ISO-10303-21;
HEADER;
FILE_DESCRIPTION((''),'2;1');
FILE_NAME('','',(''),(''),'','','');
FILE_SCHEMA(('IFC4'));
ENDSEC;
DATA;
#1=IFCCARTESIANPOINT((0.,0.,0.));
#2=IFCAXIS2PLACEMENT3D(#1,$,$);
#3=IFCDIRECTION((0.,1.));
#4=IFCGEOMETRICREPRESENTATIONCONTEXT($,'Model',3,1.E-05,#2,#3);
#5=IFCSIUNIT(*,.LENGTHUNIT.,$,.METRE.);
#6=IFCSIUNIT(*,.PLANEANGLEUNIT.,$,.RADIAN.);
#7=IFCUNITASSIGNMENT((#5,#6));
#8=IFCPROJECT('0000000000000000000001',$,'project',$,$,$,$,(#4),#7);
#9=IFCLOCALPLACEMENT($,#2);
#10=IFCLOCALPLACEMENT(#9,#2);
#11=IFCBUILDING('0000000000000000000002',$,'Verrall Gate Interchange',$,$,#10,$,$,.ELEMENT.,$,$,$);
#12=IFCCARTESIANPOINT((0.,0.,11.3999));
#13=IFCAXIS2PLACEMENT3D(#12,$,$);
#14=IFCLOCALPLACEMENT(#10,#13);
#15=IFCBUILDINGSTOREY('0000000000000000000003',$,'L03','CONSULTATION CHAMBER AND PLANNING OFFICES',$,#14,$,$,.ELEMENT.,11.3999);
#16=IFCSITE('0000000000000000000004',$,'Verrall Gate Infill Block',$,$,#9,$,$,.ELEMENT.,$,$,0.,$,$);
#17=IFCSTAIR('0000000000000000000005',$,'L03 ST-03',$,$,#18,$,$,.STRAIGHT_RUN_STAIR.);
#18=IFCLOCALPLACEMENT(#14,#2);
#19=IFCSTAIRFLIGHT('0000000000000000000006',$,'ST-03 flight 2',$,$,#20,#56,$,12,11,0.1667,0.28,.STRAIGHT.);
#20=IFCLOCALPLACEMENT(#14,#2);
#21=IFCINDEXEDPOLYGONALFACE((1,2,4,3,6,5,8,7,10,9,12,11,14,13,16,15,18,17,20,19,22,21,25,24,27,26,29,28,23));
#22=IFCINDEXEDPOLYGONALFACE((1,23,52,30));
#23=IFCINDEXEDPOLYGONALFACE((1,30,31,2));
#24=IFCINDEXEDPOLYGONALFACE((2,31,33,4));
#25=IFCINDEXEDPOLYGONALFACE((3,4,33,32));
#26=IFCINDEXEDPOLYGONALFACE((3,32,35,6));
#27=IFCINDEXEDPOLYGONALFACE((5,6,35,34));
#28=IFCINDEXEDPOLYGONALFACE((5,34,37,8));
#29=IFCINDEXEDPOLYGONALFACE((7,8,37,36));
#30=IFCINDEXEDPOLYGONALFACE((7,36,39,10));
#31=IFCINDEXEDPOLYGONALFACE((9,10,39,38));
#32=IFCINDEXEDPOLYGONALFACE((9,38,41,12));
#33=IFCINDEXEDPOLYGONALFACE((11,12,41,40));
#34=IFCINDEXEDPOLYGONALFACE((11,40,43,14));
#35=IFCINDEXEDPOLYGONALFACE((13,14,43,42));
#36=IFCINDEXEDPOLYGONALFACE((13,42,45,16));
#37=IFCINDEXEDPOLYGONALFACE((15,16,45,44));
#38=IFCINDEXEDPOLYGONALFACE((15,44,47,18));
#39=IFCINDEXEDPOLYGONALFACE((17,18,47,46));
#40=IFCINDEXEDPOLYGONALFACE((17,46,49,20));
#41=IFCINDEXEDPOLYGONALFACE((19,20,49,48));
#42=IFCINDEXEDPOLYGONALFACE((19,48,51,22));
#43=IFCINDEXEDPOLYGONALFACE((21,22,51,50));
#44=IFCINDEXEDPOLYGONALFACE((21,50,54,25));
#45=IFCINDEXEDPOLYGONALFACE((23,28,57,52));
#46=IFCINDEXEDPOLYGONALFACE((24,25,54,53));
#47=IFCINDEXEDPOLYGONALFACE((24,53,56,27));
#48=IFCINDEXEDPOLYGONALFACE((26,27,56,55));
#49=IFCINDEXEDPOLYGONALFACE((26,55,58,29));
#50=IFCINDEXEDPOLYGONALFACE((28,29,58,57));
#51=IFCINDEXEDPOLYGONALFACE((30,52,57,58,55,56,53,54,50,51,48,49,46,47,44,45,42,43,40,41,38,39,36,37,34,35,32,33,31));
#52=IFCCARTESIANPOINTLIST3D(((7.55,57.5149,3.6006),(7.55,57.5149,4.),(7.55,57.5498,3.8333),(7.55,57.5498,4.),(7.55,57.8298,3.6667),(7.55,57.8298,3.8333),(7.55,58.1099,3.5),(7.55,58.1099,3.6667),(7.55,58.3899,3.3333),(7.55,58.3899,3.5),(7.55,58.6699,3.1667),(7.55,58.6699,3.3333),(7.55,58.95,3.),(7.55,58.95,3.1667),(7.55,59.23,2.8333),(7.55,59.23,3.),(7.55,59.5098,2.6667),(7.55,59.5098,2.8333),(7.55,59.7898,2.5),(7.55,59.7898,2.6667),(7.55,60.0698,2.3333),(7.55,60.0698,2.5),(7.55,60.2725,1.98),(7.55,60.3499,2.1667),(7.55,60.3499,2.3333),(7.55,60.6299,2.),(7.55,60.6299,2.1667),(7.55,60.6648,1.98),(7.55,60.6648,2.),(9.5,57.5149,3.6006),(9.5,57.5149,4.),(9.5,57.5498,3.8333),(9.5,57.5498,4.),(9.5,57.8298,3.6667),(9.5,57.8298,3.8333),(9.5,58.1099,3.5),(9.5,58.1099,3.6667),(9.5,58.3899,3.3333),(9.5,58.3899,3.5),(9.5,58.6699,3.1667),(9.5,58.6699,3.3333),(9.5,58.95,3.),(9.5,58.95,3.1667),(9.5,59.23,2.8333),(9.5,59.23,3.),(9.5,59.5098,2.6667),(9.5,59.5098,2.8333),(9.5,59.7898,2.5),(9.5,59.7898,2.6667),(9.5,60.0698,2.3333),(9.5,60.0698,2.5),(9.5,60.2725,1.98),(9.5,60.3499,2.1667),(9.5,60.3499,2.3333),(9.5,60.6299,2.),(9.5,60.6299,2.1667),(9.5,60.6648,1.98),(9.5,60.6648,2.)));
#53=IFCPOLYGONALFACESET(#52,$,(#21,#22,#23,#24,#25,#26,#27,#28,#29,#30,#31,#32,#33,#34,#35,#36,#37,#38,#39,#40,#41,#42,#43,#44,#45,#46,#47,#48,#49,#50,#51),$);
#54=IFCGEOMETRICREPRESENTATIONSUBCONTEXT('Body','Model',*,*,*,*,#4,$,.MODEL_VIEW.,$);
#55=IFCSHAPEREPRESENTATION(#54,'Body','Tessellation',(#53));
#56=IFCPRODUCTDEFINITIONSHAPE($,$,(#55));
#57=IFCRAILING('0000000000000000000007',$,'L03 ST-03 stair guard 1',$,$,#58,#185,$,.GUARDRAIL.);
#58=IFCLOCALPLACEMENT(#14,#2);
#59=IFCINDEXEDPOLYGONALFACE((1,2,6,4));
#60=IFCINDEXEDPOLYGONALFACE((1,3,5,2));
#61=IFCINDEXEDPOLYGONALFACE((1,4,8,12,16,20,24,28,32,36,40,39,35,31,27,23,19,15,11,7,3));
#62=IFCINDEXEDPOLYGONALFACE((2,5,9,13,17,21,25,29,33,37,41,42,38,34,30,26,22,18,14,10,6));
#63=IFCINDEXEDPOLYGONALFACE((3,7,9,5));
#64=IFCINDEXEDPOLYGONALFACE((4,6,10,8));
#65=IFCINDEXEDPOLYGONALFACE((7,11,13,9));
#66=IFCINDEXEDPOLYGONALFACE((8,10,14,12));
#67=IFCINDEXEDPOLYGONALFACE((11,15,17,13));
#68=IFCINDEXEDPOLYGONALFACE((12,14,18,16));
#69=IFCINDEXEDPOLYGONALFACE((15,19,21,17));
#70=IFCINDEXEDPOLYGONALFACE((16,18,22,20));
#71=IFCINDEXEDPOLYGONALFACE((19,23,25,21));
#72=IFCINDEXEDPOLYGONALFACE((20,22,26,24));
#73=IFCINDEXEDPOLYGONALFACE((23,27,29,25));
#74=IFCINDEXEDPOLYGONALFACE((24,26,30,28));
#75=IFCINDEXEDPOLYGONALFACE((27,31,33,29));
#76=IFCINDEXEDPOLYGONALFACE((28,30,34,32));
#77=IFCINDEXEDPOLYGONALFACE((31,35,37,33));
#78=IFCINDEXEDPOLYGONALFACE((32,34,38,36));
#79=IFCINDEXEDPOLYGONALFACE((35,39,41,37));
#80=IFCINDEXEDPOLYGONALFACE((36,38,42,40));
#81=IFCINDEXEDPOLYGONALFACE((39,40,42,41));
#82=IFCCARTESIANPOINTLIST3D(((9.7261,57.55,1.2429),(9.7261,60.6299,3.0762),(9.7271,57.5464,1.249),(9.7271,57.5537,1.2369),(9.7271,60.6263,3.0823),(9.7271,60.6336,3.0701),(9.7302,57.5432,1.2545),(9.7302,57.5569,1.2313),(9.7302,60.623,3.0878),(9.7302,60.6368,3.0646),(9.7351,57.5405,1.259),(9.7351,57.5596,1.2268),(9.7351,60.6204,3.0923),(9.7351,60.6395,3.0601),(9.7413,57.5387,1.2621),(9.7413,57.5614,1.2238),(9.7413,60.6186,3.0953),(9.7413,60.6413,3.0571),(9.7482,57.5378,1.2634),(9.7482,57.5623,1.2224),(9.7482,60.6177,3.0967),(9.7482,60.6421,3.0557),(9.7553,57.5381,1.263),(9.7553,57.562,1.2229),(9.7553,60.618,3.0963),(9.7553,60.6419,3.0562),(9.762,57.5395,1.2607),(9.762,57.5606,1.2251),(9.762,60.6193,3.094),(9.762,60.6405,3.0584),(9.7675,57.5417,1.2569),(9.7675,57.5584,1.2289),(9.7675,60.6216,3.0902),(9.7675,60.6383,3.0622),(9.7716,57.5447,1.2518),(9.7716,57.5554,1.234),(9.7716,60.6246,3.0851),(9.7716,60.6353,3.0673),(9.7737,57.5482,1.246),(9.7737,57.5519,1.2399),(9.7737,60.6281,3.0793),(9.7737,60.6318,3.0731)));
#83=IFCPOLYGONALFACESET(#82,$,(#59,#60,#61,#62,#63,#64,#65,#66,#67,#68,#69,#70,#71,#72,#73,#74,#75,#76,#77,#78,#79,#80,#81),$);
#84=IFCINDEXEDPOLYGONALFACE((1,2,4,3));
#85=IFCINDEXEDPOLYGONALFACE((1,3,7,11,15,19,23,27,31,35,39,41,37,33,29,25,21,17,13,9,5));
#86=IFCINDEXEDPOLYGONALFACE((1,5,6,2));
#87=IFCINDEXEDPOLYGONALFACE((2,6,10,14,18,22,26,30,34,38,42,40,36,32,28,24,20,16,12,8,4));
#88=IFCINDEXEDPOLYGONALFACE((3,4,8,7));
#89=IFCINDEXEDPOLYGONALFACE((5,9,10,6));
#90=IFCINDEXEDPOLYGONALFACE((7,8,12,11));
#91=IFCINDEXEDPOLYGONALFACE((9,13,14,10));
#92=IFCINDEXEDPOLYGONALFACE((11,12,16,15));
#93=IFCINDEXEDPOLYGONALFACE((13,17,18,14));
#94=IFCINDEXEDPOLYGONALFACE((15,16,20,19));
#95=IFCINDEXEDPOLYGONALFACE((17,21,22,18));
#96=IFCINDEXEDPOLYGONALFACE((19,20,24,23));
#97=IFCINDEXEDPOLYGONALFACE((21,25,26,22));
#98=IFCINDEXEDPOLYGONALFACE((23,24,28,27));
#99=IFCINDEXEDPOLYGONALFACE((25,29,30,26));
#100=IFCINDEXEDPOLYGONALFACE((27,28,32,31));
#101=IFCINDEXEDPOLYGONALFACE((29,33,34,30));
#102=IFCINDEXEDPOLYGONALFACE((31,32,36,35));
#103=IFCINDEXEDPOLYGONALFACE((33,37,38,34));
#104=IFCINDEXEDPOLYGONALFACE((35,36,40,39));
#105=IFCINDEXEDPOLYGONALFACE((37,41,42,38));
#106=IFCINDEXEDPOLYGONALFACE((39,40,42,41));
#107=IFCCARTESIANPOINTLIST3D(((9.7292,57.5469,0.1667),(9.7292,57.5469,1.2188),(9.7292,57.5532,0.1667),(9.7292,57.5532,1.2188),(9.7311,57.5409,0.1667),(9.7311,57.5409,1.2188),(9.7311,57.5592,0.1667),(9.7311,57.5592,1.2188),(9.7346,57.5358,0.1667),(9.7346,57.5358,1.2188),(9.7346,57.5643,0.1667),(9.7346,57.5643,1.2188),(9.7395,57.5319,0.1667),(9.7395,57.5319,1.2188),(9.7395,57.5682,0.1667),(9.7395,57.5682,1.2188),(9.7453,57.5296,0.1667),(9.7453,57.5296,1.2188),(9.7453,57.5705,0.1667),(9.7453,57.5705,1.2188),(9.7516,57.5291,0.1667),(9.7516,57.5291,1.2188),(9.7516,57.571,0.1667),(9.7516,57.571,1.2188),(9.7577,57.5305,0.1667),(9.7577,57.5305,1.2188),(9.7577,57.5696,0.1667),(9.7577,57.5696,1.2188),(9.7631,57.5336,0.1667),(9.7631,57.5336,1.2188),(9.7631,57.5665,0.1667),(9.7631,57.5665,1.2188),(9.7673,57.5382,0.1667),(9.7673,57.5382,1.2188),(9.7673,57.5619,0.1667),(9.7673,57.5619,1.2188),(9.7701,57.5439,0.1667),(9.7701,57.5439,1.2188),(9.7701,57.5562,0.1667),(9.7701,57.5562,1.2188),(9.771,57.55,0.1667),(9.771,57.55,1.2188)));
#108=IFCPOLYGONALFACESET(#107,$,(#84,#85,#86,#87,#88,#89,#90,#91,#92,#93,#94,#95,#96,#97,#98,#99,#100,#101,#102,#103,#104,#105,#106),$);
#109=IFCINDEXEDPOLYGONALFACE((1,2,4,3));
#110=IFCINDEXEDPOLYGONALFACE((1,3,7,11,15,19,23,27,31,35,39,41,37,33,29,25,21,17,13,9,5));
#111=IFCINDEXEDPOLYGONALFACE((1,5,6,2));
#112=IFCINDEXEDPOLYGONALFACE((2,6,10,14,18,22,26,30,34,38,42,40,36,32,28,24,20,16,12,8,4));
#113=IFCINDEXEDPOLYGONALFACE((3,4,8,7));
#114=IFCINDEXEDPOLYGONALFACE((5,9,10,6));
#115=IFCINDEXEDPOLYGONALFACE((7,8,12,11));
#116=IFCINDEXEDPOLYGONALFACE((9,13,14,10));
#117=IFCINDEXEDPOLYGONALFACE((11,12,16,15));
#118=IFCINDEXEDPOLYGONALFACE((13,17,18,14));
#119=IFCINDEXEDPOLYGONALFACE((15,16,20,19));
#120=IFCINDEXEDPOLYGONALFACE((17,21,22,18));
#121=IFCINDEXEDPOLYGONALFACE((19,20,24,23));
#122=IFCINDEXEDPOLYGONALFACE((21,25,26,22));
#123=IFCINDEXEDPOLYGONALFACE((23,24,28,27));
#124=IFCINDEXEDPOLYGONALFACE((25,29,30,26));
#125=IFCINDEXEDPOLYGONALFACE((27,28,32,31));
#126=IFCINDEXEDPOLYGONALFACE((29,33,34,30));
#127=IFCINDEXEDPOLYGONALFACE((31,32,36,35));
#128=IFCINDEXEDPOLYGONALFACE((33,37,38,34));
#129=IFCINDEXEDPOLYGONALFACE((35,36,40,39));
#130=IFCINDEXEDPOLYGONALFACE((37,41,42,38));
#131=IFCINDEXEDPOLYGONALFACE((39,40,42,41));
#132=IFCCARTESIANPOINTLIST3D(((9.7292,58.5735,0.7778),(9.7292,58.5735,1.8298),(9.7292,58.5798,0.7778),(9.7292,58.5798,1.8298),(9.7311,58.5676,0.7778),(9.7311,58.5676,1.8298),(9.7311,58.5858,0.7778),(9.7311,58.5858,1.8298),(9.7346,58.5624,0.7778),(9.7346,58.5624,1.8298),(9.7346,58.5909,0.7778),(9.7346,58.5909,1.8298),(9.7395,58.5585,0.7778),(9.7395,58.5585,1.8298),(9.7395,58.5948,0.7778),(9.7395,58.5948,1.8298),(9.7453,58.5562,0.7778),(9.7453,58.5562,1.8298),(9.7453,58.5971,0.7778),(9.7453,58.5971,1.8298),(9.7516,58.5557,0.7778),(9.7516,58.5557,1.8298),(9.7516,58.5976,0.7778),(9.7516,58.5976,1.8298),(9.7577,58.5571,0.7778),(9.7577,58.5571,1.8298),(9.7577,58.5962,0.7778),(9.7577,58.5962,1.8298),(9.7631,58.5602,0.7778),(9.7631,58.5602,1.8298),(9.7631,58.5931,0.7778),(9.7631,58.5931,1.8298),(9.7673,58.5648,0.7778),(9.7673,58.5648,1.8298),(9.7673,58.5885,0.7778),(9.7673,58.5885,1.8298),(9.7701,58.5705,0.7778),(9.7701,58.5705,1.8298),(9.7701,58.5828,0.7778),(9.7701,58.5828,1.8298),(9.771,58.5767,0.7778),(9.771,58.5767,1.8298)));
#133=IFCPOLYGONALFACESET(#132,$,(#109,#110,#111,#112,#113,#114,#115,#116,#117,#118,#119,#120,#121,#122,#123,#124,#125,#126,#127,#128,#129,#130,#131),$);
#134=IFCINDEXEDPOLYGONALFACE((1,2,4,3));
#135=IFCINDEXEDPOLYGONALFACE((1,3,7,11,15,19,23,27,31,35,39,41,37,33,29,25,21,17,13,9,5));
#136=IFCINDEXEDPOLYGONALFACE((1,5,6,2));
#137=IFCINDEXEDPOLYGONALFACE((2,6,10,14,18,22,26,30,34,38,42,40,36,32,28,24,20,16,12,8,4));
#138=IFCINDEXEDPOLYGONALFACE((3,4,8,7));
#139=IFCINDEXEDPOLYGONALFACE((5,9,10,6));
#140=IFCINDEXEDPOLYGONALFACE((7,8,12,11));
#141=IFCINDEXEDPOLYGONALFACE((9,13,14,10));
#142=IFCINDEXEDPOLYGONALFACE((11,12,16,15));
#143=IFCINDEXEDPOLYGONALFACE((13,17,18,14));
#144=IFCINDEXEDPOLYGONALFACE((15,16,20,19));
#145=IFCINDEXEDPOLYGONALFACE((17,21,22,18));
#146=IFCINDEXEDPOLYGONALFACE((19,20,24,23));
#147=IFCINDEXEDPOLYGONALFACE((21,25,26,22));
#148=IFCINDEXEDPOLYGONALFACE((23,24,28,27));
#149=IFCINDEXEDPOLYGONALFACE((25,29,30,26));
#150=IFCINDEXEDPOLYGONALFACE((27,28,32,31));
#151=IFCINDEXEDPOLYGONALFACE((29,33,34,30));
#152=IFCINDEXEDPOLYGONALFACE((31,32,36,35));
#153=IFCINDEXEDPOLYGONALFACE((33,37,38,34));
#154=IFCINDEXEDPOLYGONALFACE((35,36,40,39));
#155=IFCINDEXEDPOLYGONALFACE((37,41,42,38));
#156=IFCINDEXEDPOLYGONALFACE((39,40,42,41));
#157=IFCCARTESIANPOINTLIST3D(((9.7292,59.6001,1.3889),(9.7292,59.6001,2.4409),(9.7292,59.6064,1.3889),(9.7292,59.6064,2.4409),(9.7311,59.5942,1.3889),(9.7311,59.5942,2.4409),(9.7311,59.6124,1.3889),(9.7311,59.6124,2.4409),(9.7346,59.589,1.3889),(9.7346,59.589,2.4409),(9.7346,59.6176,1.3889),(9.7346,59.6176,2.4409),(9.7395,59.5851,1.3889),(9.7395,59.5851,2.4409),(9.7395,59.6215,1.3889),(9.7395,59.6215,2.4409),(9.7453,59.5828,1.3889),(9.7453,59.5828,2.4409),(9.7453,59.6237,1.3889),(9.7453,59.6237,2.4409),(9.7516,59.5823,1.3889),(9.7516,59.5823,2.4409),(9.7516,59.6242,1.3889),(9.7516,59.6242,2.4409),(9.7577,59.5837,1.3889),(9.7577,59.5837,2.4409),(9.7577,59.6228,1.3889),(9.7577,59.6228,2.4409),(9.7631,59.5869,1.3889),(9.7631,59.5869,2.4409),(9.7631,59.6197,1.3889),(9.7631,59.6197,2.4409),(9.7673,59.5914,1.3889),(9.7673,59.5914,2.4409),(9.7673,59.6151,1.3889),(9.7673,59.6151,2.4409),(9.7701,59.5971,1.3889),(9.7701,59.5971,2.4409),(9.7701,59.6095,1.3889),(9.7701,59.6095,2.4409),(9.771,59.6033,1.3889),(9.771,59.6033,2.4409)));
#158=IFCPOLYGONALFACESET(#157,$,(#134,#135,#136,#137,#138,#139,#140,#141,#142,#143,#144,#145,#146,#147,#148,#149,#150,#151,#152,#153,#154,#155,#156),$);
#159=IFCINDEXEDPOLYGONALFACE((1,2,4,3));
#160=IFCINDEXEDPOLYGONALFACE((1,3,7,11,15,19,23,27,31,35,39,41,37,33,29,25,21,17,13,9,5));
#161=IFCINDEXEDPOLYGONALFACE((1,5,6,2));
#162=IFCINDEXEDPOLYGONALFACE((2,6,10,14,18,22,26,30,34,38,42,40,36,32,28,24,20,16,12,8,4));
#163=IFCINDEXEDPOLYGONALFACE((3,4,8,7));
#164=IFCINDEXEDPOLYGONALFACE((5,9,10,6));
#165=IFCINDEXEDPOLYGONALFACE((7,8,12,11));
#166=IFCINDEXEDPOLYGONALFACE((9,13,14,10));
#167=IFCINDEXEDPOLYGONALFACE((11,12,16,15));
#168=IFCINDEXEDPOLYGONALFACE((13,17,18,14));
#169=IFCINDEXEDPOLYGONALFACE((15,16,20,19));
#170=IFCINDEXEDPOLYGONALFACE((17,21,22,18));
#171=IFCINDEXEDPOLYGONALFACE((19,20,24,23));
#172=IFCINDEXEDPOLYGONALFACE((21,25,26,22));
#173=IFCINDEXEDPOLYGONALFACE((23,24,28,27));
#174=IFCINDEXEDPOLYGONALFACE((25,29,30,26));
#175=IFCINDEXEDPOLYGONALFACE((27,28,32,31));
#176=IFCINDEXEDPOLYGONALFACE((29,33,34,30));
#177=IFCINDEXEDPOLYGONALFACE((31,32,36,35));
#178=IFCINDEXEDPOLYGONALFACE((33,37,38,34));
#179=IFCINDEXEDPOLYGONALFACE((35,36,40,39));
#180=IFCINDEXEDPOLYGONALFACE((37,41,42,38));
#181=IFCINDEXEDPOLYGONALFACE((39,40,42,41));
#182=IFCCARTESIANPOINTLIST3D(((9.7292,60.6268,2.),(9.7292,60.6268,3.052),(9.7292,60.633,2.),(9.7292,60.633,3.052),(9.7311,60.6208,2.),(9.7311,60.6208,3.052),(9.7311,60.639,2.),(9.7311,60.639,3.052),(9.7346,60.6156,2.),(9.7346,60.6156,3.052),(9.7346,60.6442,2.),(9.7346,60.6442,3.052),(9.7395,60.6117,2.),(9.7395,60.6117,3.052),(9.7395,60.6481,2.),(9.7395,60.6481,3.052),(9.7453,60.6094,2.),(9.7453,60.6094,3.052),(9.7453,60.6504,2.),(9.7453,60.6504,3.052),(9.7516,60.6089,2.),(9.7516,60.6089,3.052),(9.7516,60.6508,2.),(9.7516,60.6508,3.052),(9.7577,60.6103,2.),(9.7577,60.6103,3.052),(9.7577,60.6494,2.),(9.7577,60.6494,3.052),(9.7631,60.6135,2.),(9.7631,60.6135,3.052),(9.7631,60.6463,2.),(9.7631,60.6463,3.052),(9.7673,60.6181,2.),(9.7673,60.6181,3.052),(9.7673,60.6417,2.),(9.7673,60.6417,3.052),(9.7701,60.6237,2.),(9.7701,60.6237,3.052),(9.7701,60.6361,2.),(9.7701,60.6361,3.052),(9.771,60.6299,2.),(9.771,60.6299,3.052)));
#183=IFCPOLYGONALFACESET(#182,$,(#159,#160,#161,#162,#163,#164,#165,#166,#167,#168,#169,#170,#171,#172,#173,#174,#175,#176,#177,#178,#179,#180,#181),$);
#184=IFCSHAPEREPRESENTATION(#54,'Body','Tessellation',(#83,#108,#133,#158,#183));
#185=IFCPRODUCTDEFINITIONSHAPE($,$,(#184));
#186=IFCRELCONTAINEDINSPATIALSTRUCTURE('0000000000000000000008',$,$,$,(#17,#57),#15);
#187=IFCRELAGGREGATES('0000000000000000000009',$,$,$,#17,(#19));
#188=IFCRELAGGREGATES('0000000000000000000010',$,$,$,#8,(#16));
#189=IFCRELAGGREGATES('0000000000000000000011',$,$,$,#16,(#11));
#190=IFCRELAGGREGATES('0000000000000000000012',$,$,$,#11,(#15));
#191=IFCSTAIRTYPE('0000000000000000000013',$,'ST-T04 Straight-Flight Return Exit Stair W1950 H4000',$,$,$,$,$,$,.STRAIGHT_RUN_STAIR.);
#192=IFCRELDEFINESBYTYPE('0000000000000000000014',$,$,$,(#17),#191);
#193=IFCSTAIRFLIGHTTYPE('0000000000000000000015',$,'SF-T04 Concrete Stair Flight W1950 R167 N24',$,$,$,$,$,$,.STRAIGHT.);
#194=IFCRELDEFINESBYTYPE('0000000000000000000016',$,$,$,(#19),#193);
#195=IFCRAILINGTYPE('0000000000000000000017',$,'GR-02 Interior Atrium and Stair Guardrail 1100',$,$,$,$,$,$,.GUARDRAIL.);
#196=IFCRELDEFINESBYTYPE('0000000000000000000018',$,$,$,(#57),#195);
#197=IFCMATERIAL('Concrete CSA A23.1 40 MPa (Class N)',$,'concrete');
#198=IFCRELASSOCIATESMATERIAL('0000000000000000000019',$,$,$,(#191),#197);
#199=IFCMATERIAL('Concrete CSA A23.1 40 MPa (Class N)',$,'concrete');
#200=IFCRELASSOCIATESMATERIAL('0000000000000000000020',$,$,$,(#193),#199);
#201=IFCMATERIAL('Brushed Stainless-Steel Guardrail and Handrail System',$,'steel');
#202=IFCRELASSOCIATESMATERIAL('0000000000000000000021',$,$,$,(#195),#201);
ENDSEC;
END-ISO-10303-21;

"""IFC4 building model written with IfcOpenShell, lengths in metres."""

from ifc_helpers import new_model, si_unit, direction, frame, origin, origin_2d, place, context, subcontext, project, spatial, polyline, circle, outline, extrude, material, type_object, element, aggregate, save


model = new_model("IFC4")

# Units and contexts
model_context = context("Model", 3, precision=1e-05, world=origin(), true_north=direction((0.0, 1.0)))
body_context = subcontext(model_context, "Body", "Model", "MODEL_VIEW")
ifc_project = project(units=[si_unit("LENGTHUNIT", "METRE"), si_unit("PLANEANGLEUNIT", "RADIAN")], contexts=[model_context])

# Site, building, storey
site_placement = place(None, origin())
site = spatial("IfcSite", under=ifc_project, at=site_placement, Name="Verrall Gate Infill Block", CompositionType="ELEMENT", RefElevation=0.0)
building_placement = place(site_placement, origin())
building = spatial("IfcBuilding", under=site, at=building_placement, Name="Verrall Gate Interchange", CompositionType="ELEMENT")
storey_placement = place(building_placement, frame((0.0, 0.0, 11.3999)))
storey = spatial("IfcBuildingStorey", under=building, at=storey_placement, Name="L03", Description="CONSULTATION CHAMBER AND PLANNING OFFICES", CompositionType="ELEMENT", Elevation=11.3999)

# Stair, stair flight
ifc_material_1 = material(Name="Concrete CSA A23.1 40 MPa (Class N)", Category="concrete")
stair_type = type_object("IfcStairType", Name="ST-T04 Straight-Flight Return Exit Stair W1950 H4000", PredefinedType="STRAIGHT_RUN_STAIR", material=ifc_material_1)
stair_placement = place(storey_placement, origin())
stair = element("IfcStair", 1, at=stair_placement, inside=storey, type_object=stair_type, Name="L03 ST-03", PredefinedType="STRAIGHT_RUN_STAIR")
ifc_material_2 = material(Name="Concrete CSA A23.1 40 MPa (Class N)", Category="concrete")
stair_flight_type = type_object("IfcStairFlightType", Name="SF-T04 Concrete Stair Flight W1950 R167 N24", PredefinedType="STRAIGHT", material=ifc_material_2)
stair_flight_1_placement = place(storey_placement, frame((8.5249, 60.6299, 2.0), z_axis=(0.0, 0.0, 1.0), x_axis=(0.0, -1.0, 0.0)))
stair_flight_1 = element("IfcStairFlight", 2, at=stair_flight_1_placement, type_object=stair_flight_type, Name="ST-03 flight 2", NumberOfRisers=12, NumberOfTreads=11, PredefinedType="STRAIGHT", RiserHeight=0.1667, TreadLength=0.28, context=body_context, shape_type="SweptSolid", body=[
    extrude(outline(polyline([(-0.0349, -0.02), (-0.0349, 0.0), (0.0, 0.0), (0.0, 0.1667), (0.28, 0.1667), (0.28, 0.3333), (0.5601, 0.3333), (0.5601, 0.5), (0.8401, 0.5), (0.8401, 0.6667), (1.1201, 0.6667), (1.1201, 0.8333), (1.3999, 0.8333), (1.3999, 1.0), (1.6799, 1.0), (1.6799, 1.1667), (1.96, 1.1667), (1.96, 1.3333), (2.24, 1.3333), (2.24, 1.5), (2.52, 1.5), (2.52, 1.6667), (2.8, 1.6667), (2.8, 1.8333), (3.0801, 1.8333), (3.0801, 2.0), (3.115, 2.0), (3.115, 1.6006), (0.3574, -0.02), (-0.0349, -0.02)])), frame((0.0, 0.9751, 0.0), z_axis=(0.0, -1.0, 0.0), x_axis=(1.0, 0.0, 0.0)), (0.0, 0.0, 1.0), 1.95),
])
aggregate(stair, [stair_flight_1])

# Railing
ifc_material_3 = material(Name="Brushed Stainless-Steel Guardrail and Handrail System", Category="steel")
railing_type_1 = type_object("IfcRailingType", Name="GR-02 Interior Atrium and Stair Guardrail 1100", PredefinedType="GUARDRAIL", material=ifc_material_3)
railing_1_placement = place(storey_placement, frame((9.75, 57.55, 0.1667)))
element("IfcRailing", 3, at=railing_1_placement, inside=storey, type_object=railing_type_1, Name="L03 ST-03 stair guard 1", PredefinedType="GUARDRAIL", context=body_context, shape_type="SweptSolid", body=[
    extrude(circle(Radius=0.0239, at=origin_2d()), frame((0.0, 0.0, 1.0762), z_axis=(0.0, 0.859291, 0.511487), x_axis=(-1.0, 0.0, 0.0)), (0.0, 0.0, 1.0), 3.5842),
    extrude(circle(Radius=0.021, at=origin_2d()), origin(), (0.0, 0.0, 1.0), 1.052),
    extrude(circle(Radius=0.021, at=origin_2d()), frame((0.0, 1.0266, 0.6111)), (0.0, 0.0, 1.0), 1.052),
    extrude(circle(Radius=0.021, at=origin_2d()), frame((0.0, 2.0532, 1.2222)), (0.0, 0.0, 1.0), 1.052),
    extrude(circle(Radius=0.021, at=origin_2d()), frame((0.0, 3.0798, 1.8333)), (0.0, 0.0, 1.0), 1.052),
])

save(model, "model.ifc")
